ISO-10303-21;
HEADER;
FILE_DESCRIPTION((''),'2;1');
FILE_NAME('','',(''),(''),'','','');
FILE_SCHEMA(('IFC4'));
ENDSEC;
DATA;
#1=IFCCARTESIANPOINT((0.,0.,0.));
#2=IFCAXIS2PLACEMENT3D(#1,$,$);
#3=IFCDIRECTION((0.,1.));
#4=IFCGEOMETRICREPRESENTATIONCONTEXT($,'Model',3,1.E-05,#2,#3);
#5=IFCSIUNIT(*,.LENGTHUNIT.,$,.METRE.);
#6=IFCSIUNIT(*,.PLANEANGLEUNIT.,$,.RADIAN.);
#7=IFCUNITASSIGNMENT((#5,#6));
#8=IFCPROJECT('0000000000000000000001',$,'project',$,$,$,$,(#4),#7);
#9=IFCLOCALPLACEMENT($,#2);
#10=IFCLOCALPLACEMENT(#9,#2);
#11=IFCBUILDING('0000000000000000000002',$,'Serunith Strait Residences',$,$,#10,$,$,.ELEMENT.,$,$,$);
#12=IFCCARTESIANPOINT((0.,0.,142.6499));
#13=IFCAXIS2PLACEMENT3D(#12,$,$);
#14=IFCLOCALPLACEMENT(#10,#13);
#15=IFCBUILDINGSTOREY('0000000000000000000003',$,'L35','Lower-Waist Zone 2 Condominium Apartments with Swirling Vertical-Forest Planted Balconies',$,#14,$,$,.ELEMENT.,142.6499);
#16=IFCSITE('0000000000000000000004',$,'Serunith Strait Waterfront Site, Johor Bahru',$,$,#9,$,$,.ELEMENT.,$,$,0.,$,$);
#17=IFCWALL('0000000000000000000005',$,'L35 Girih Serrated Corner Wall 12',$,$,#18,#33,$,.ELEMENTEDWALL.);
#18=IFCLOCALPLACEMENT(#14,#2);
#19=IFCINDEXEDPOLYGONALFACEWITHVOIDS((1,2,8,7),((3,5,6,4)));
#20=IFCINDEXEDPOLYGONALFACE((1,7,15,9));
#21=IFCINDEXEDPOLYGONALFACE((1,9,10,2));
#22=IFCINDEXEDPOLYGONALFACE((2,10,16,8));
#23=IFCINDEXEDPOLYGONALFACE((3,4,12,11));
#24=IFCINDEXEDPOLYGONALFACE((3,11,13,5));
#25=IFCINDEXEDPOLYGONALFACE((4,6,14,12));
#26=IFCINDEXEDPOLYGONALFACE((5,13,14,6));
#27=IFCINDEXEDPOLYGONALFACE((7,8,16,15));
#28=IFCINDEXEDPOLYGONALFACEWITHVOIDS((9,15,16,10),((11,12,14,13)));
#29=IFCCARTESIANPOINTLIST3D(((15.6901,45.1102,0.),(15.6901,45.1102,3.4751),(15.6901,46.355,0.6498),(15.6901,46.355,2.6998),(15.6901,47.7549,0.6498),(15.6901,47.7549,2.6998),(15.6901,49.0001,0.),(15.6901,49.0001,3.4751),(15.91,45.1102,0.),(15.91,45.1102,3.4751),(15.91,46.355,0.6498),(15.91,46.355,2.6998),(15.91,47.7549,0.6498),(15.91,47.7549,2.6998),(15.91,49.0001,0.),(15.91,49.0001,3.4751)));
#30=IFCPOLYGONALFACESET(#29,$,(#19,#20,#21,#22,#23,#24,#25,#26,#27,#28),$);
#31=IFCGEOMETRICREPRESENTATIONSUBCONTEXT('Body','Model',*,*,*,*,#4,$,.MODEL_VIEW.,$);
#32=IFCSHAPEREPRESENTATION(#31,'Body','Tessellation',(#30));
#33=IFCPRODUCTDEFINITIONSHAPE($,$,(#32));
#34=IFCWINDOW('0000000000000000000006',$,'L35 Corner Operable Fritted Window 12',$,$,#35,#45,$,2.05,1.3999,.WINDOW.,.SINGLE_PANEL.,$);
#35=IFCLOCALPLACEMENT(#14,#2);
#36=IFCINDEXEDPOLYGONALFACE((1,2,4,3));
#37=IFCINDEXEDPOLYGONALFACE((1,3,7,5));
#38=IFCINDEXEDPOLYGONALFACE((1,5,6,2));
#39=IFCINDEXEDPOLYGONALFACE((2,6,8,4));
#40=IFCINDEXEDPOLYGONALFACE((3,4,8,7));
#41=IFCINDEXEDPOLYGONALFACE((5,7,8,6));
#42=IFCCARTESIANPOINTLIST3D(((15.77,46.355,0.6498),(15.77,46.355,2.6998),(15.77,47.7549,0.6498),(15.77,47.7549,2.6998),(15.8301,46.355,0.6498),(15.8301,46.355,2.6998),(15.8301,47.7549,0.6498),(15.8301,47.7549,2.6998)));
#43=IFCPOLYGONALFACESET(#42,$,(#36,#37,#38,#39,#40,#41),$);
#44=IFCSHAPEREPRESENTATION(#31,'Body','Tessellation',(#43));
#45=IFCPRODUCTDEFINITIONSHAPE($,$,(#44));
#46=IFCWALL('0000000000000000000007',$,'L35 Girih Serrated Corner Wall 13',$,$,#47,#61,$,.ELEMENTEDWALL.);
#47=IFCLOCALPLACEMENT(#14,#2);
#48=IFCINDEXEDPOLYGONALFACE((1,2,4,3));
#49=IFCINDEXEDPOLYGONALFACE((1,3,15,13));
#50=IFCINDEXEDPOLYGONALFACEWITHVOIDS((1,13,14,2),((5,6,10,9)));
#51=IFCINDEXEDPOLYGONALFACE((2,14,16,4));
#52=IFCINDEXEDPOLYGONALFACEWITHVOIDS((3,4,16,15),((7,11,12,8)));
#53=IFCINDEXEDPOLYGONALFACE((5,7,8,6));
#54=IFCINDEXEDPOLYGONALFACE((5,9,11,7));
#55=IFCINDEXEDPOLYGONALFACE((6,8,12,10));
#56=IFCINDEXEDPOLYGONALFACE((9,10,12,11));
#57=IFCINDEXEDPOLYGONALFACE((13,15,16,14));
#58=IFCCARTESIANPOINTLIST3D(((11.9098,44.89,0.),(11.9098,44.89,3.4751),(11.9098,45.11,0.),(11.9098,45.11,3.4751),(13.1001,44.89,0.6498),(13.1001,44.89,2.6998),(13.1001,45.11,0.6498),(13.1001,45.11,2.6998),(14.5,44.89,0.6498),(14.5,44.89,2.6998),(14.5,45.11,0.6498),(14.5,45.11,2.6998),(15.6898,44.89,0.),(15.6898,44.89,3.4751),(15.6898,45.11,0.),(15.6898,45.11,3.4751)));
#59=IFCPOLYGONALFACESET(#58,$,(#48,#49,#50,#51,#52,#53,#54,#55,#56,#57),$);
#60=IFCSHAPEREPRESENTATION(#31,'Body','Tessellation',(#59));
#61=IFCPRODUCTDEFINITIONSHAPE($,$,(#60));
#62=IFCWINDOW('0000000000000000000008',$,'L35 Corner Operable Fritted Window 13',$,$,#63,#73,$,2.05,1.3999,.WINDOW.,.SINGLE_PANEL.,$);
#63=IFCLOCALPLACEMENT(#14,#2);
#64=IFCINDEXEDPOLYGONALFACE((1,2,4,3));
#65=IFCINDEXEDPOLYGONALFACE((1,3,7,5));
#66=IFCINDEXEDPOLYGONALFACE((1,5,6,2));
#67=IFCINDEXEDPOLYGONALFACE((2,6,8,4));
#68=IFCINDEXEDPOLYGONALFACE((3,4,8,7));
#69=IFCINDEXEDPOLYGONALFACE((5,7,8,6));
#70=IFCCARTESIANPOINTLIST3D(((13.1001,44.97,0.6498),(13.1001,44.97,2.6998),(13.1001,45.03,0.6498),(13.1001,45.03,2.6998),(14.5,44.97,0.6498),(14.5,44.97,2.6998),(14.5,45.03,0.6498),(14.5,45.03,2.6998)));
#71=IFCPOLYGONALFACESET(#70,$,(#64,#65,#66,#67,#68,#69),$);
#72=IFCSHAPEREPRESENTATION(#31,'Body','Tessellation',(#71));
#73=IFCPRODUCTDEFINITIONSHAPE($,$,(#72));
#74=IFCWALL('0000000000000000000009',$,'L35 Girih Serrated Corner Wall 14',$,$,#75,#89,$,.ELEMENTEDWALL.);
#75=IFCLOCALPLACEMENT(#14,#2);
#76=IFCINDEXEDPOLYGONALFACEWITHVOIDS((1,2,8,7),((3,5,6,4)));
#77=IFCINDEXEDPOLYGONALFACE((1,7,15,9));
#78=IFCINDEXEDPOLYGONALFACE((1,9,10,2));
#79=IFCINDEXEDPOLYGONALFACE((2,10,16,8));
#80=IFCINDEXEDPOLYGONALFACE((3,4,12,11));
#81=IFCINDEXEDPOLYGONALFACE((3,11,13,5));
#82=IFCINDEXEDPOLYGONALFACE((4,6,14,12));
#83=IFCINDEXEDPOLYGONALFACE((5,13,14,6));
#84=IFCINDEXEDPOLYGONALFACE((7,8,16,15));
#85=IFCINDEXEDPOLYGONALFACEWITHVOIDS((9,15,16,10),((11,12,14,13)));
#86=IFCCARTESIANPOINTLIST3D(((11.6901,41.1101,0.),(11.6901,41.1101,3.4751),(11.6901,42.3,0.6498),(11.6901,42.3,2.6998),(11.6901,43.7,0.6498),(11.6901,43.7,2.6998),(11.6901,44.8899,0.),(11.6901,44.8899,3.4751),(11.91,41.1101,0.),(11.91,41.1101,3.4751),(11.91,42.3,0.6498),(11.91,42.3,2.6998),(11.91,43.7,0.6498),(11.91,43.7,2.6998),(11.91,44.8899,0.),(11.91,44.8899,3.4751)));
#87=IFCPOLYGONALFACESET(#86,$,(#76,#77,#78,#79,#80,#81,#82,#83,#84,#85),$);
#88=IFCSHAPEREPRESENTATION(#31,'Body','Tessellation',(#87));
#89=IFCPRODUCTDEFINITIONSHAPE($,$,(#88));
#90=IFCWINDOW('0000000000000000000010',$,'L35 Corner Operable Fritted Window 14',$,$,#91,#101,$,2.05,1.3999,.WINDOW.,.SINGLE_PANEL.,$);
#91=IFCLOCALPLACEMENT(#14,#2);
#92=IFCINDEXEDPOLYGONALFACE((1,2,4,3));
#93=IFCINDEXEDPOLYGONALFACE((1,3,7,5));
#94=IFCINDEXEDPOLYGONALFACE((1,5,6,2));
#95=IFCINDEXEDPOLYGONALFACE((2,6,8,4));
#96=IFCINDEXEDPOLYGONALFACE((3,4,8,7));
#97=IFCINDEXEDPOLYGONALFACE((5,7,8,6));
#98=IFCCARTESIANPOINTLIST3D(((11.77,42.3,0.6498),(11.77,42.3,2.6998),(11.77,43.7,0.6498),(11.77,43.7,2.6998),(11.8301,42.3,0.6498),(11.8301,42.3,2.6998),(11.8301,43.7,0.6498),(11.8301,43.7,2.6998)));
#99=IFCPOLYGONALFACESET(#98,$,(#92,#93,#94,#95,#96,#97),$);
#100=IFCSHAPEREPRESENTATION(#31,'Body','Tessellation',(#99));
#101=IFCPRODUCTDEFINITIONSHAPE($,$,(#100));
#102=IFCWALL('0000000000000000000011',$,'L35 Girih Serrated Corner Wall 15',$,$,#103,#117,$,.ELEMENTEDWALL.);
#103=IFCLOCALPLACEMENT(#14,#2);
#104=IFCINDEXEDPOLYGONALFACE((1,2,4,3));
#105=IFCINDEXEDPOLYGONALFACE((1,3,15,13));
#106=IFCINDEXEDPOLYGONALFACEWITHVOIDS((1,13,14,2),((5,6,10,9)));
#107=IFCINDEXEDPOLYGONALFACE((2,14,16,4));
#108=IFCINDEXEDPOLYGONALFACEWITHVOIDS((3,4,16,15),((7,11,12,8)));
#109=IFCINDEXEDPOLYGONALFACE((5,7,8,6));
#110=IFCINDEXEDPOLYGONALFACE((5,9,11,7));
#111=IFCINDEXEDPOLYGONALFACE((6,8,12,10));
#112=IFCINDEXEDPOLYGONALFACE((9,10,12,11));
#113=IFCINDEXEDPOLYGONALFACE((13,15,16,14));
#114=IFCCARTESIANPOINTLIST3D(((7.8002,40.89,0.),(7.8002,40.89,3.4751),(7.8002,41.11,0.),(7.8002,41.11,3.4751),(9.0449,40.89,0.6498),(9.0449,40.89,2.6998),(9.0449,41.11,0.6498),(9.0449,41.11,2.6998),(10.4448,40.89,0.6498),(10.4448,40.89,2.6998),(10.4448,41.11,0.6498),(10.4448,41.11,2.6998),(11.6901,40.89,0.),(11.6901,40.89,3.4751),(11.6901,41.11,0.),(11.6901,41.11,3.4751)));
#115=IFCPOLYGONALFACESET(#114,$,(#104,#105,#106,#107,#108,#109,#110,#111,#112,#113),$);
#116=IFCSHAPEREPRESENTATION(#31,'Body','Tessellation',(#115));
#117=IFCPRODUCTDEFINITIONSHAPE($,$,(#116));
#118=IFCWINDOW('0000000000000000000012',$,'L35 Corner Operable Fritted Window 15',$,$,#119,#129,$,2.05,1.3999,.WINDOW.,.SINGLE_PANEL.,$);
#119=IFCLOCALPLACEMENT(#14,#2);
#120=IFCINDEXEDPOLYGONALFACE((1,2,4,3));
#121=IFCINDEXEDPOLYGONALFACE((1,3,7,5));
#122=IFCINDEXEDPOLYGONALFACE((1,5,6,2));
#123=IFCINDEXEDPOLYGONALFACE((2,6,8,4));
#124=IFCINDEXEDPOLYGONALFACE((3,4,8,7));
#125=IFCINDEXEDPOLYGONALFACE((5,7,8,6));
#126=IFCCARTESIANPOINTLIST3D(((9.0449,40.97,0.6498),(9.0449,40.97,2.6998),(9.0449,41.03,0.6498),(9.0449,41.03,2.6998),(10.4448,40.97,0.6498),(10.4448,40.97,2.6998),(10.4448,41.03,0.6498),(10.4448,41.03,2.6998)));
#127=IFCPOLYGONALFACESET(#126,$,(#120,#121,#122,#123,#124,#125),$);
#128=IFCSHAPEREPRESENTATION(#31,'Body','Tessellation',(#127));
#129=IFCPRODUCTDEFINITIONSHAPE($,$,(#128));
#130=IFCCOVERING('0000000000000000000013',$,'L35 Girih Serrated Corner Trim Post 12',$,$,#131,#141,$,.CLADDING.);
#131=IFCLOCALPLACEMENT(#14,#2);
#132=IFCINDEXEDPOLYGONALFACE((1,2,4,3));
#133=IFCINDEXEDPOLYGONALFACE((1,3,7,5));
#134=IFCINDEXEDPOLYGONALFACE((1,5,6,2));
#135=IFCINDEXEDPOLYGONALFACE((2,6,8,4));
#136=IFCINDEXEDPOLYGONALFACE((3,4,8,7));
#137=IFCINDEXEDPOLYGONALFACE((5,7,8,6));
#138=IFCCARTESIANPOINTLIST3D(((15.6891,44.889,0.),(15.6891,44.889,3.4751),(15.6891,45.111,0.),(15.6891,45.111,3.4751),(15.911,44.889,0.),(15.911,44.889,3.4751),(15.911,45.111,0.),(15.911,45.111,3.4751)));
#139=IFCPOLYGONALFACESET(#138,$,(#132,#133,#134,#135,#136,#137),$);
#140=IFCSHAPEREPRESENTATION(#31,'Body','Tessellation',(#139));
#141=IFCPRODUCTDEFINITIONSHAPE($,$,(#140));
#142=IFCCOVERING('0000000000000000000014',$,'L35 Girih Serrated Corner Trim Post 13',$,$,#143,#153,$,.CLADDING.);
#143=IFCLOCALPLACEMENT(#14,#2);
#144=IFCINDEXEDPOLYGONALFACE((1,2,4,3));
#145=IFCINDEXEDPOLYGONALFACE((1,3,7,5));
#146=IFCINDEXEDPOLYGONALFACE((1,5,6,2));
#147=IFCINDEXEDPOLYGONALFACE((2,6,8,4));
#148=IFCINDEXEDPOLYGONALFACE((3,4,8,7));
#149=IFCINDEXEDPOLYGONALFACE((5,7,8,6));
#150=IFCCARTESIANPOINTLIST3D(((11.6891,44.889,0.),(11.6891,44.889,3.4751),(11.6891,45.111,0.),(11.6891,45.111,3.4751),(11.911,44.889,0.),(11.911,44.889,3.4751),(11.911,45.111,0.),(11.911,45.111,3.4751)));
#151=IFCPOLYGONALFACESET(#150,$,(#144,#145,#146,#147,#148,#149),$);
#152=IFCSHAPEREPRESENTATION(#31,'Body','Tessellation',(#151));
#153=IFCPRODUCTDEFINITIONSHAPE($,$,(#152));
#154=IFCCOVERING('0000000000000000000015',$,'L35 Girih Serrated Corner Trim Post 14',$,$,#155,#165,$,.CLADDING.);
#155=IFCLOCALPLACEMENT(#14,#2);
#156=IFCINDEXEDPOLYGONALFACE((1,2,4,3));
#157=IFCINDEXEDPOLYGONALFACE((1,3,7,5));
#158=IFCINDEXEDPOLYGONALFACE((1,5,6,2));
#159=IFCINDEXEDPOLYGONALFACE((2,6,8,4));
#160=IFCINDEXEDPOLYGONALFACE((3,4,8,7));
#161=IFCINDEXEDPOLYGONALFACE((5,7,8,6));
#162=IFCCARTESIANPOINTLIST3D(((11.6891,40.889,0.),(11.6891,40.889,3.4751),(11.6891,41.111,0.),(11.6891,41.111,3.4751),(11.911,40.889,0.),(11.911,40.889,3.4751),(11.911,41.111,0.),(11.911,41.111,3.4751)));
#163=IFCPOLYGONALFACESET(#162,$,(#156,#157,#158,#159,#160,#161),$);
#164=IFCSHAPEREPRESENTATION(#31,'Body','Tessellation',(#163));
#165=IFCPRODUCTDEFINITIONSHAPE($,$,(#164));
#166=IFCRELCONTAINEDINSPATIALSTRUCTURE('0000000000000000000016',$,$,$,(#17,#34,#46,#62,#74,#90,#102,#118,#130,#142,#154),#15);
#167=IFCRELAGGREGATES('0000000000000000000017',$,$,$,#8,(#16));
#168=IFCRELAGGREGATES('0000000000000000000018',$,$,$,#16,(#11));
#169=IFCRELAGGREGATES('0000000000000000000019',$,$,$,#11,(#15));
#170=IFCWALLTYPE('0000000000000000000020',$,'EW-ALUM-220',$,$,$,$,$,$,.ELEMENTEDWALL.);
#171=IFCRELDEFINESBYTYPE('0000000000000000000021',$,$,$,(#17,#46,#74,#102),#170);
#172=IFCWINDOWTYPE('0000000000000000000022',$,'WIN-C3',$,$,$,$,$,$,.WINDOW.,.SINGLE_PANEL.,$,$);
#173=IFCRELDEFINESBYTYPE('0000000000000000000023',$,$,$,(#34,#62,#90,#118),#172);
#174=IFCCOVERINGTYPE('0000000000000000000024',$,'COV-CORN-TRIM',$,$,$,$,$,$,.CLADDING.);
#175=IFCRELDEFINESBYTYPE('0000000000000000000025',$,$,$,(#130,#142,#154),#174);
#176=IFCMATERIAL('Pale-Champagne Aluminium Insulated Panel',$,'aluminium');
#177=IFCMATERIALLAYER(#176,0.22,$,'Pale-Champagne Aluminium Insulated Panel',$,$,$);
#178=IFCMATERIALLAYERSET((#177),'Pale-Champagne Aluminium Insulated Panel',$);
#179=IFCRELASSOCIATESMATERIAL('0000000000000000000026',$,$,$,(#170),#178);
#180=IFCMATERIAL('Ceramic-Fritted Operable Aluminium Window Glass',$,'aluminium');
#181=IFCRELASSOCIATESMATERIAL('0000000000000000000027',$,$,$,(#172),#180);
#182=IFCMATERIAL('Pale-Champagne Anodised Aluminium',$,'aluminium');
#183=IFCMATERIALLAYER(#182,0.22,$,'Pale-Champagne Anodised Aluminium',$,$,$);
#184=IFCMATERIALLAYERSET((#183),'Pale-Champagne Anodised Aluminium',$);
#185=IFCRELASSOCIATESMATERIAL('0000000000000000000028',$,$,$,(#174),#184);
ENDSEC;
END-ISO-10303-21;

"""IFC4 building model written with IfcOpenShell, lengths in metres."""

from ifc_helpers import new_model, si_unit, direction, frame, frame_2d, origin, origin_2d, place, context, subcontext, project, spatial, rectangle, extrude, source, transform, mapped, material, layer, layer_set, type_object, element, fill, save


model = new_model("IFC4")

# Units and contexts
model_context = context("Model", 3, precision=1e-05, world=origin(), true_north=direction((0.0, 1.0)))
body_context = subcontext(model_context, "Body", "Model", "MODEL_VIEW")
ifc_project = project(units=[si_unit("LENGTHUNIT", "METRE"), si_unit("PLANEANGLEUNIT", "RADIAN")], contexts=[model_context])

# Site, building, storey
site_placement = place(None, origin())
site = spatial("IfcSite", under=ifc_project, at=site_placement, Name="Serunith Strait Waterfront Site, Johor Bahru", CompositionType="ELEMENT", RefElevation=0.0)
building_placement = place(site_placement, origin())
building = spatial("IfcBuilding", under=site, at=building_placement, Name="Serunith Strait Residences", CompositionType="ELEMENT")
storey_placement = place(building_placement, frame((0.0, 0.0, 142.6499)))
storey = spatial("IfcBuildingStorey", under=building, at=storey_placement, Name="L35", Description="Lower-Waist Zone 2 Condominium Apartments with Swirling Vertical-Forest Planted Balconies", CompositionType="ELEMENT", Elevation=142.6499)

# Shared definitions
ifc_material_1 = material(Name="Pale-Champagne Anodised Aluminium", Category="aluminium")

# Walls, openings, windows
ifc_material_2 = material(Name="Pale-Champagne Aluminium Insulated Panel", Category="aluminium")
ifc_layer_1 = layer(ifc_material_2, 0.22, Name="Pale-Champagne Aluminium Insulated Panel")
ifc_layer_set_1 = layer_set([ifc_layer_1], Name="Pale-Champagne Aluminium Insulated Panel")
wall_type = type_object("IfcWallType", Name="EW-ALUM-220", PredefinedType="ELEMENTEDWALL", material=ifc_layer_set_1)
wall_1_placement = place(storey_placement, frame((15.8, 49.0, 0.0), z_axis=(0.0, 0.0, 1.0), x_axis=(0.0, -1.0, 0.0)))
wall_1 = element("IfcWall", 1, at=wall_1_placement, inside=storey, type_object=wall_type, Name="L35 Girih Serrated Corner Wall 12", PredefinedType="ELEMENTEDWALL", context=body_context, shape_type="SweptSolid", body=[
    extrude(rectangle(XDim=3.8899, YDim=0.22, at=frame_2d((1.9448, 0.0))), origin(), (0.0, 0.0, 1.0), 3.4751),
])
opening_1_placement = place(wall_1_placement, frame((1.2451, 0.0, 0.6499)))
opening_1 = element("IfcOpeningElement", 2, at=opening_1_placement, cuts=wall_1, PredefinedType="OPENING", context=body_context, shape_type="SweptSolid", body=[
    extrude(rectangle(XDim=1.3999, YDim=2.05, at=frame_2d((0.7, 1.0249))), frame((0.0, 0.1201, 0.0), z_axis=(0.0, -1.0, 0.0), x_axis=(1.0, 0.0, 0.0)), (0.0, 0.0, 1.0), 0.24),
])
ifc_material_3 = material(Name="Ceramic-Fritted Operable Aluminium Window Glass", Category="aluminium")
window_type = type_object("IfcWindowType", Name="WIN-C3", PartitioningType="SINGLE_PANEL", PredefinedType="WINDOW", material=ifc_material_3)
shared_shape_1 = source(origin(), body_context, "Body", "SweptSolid", [
    extrude(rectangle(XDim=1.3999, YDim=2.05, at=frame_2d((0.7, 1.0249))), frame((0.0, 0.03, 0.0), z_axis=(0.0, -1.0, 0.0), x_axis=(1.0, 0.0, 0.0)), (0.0, 0.0, 1.0), 0.0601),
])
window_1_placement = place(opening_1_placement, origin())
window_1 = element("IfcWindow", 3, at=window_1_placement, inside=storey, type_object=window_type, Name="L35 Corner Operable Fritted Window 12", OverallHeight=2.05, OverallWidth=1.3999, PartitioningType="SINGLE_PANEL", PredefinedType="WINDOW", context=body_context, shape_type="MappedRepresentation", body=[
    mapped(shared_shape_1, transform((0.0, 0.0, 0.0), scale=1.0)),
])
fill(opening_1, window_1)
wall_2_placement = place(storey_placement, frame((15.6899, 45.0, 0.0), z_axis=(0.0, 0.0, 1.0), x_axis=(-1.0, 0.0, 0.0)))
wall_2 = element("IfcWall", 4, at=wall_2_placement, inside=storey, type_object=wall_type, Name="L35 Girih Serrated Corner Wall 13", PredefinedType="ELEMENTEDWALL", context=body_context, shape_type="SweptSolid", body=[
    extrude(rectangle(XDim=3.78, YDim=0.22, at=frame_2d((1.8901, 0.0))), origin(), (0.0, 0.0, 1.0), 3.4751),
])
opening_2_placement = place(wall_2_placement, frame((1.1899, 0.0, 0.6499)))
opening_2 = element("IfcOpeningElement", 5, at=opening_2_placement, cuts=wall_2, PredefinedType="OPENING", context=body_context, shape_type="SweptSolid", body=[
    extrude(rectangle(XDim=1.3999, YDim=2.05, at=frame_2d((0.7, 1.0249))), frame((0.0, 0.1201, 0.0), z_axis=(0.0, -1.0, 0.0), x_axis=(1.0, 0.0, 0.0)), (0.0, 0.0, 1.0), 0.24),
])
window_2_placement = place(opening_2_placement, origin())
window_2 = element("IfcWindow", 6, at=window_2_placement, inside=storey, type_object=window_type, Name="L35 Corner Operable Fritted Window 13", OverallHeight=2.05, OverallWidth=1.3999, PartitioningType="SINGLE_PANEL", PredefinedType="WINDOW", context=body_context, shape_type="MappedRepresentation", body=[
    mapped(shared_shape_1, transform((0.0, 0.0, 0.0), scale=1.0)),
])
fill(opening_2, window_2)
wall_3_placement = place(storey_placement, frame((11.8, 44.8899, 0.0), z_axis=(0.0, 0.0, 1.0), x_axis=(0.0, -1.0, 0.0)))
wall_3 = element("IfcWall", 7, at=wall_3_placement, inside=storey, type_object=wall_type, Name="L35 Girih Serrated Corner Wall 14", PredefinedType="ELEMENTEDWALL", context=body_context, shape_type="SweptSolid", body=[
    extrude(rectangle(XDim=3.7798, YDim=0.22, at=frame_2d((1.8899, 0.0))), origin(), (0.0, 0.0, 1.0), 3.4751),
])
opening_3_placement = place(wall_3_placement, frame((1.1899, 0.0, 0.6499)))
opening_3 = element("IfcOpeningElement", 8, at=opening_3_placement, cuts=wall_3, PredefinedType="OPENING", context=body_context, shape_type="SweptSolid", body=[
    extrude(rectangle(XDim=1.3999, YDim=2.05, at=frame_2d((0.7, 1.0249))), frame((0.0, 0.1201, 0.0), z_axis=(0.0, -1.0, 0.0), x_axis=(1.0, 0.0, 0.0)), (0.0, 0.0, 1.0), 0.24),
])
window_3_placement = place(opening_3_placement, origin())
window_3 = element("IfcWindow", 9, at=window_3_placement, inside=storey, type_object=window_type, Name="L35 Corner Operable Fritted Window 14", OverallHeight=2.05, OverallWidth=1.3999, PartitioningType="SINGLE_PANEL", PredefinedType="WINDOW", context=body_context, shape_type="MappedRepresentation", body=[
    mapped(shared_shape_1, transform((0.0, 0.0, 0.0), scale=1.0)),
])
fill(opening_3, window_3)
wall_4_placement = place(storey_placement, frame((11.6899, 41.0, 0.0), z_axis=(0.0, 0.0, 1.0), x_axis=(-1.0, 0.0, 0.0)))
wall_4 = element("IfcWall", 10, at=wall_4_placement, inside=storey, type_object=wall_type, Name="L35 Girih Serrated Corner Wall 15", PredefinedType="ELEMENTEDWALL", context=body_context, shape_type="SweptSolid", body=[
    extrude(rectangle(XDim=3.8899, YDim=0.22, at=frame_2d((1.9448, 0.0))), origin(), (0.0, 0.0, 1.0), 3.4751),
])
opening_4_placement = place(wall_4_placement, frame((1.2451, 0.0, 0.6499)))
opening_4 = element("IfcOpeningElement", 11, at=opening_4_placement, cuts=wall_4, PredefinedType="OPENING", context=body_context, shape_type="SweptSolid", body=[
    extrude(rectangle(XDim=1.3999, YDim=2.05, at=frame_2d((0.7, 1.0249))), frame((0.0, 0.1201, 0.0), z_axis=(0.0, -1.0, 0.0), x_axis=(1.0, 0.0, 0.0)), (0.0, 0.0, 1.0), 0.24),
])
window_4_placement = place(opening_4_placement, origin())
window_4 = element("IfcWindow", 12, at=window_4_placement, inside=storey, type_object=window_type, Name="L35 Corner Operable Fritted Window 15", OverallHeight=2.05, OverallWidth=1.3999, PartitioningType="SINGLE_PANEL", PredefinedType="WINDOW", context=body_context, shape_type="MappedRepresentation", body=[
    mapped(shared_shape_1, transform((0.0, 0.0, 0.0), scale=1.0)),
])
fill(opening_4, window_4)

# Coverings
ifc_layer_2 = layer(ifc_material_1, 0.22, Name="Pale-Champagne Anodised Aluminium")
ifc_layer_set_2 = layer_set([ifc_layer_2], Name="Pale-Champagne Anodised Aluminium")
covering_type = type_object("IfcCoveringType", Name="COV-CORN-TRIM", PredefinedType="CLADDING", material=ifc_layer_set_2)
shared_shape_2 = source(origin(), body_context, "Body", "SweptSolid", [
    extrude(rectangle(XDim=0.2219, YDim=0.2219, at=origin_2d()), origin(), (0.0, 0.0, 1.0), 3.4751),
])
for number, where, z_axis, x_axis, name in (
    (13, (15.8, 45.0, 0.0), (0.0, 0.0, 1.0), (1.0, 0.0, 0.0), "L35 Girih Serrated Corner Trim Post 12"),
    (14, (11.8, 45.0, 0.0), (0.0, 0.0, 1.0), (1.0, 0.0, 0.0), "L35 Girih Serrated Corner Trim Post 13"),
    (15, (11.8, 41.0, 0.0), (0.0, 0.0, 1.0), (1.0, 0.0, 0.0), "L35 Girih Serrated Corner Trim Post 14"),
):
    element("IfcCovering", number, at=place(storey_placement, frame(where, z_axis=z_axis, x_axis=x_axis)), inside=storey, type_object=covering_type, Name=name, PredefinedType="CLADDING", context=body_context, shape_type="MappedRepresentation", body=[
        mapped(shared_shape_2, transform((0.0, 0.0, 0.0), scale=1.0)),
    ])

save(model, "model.ifc")
